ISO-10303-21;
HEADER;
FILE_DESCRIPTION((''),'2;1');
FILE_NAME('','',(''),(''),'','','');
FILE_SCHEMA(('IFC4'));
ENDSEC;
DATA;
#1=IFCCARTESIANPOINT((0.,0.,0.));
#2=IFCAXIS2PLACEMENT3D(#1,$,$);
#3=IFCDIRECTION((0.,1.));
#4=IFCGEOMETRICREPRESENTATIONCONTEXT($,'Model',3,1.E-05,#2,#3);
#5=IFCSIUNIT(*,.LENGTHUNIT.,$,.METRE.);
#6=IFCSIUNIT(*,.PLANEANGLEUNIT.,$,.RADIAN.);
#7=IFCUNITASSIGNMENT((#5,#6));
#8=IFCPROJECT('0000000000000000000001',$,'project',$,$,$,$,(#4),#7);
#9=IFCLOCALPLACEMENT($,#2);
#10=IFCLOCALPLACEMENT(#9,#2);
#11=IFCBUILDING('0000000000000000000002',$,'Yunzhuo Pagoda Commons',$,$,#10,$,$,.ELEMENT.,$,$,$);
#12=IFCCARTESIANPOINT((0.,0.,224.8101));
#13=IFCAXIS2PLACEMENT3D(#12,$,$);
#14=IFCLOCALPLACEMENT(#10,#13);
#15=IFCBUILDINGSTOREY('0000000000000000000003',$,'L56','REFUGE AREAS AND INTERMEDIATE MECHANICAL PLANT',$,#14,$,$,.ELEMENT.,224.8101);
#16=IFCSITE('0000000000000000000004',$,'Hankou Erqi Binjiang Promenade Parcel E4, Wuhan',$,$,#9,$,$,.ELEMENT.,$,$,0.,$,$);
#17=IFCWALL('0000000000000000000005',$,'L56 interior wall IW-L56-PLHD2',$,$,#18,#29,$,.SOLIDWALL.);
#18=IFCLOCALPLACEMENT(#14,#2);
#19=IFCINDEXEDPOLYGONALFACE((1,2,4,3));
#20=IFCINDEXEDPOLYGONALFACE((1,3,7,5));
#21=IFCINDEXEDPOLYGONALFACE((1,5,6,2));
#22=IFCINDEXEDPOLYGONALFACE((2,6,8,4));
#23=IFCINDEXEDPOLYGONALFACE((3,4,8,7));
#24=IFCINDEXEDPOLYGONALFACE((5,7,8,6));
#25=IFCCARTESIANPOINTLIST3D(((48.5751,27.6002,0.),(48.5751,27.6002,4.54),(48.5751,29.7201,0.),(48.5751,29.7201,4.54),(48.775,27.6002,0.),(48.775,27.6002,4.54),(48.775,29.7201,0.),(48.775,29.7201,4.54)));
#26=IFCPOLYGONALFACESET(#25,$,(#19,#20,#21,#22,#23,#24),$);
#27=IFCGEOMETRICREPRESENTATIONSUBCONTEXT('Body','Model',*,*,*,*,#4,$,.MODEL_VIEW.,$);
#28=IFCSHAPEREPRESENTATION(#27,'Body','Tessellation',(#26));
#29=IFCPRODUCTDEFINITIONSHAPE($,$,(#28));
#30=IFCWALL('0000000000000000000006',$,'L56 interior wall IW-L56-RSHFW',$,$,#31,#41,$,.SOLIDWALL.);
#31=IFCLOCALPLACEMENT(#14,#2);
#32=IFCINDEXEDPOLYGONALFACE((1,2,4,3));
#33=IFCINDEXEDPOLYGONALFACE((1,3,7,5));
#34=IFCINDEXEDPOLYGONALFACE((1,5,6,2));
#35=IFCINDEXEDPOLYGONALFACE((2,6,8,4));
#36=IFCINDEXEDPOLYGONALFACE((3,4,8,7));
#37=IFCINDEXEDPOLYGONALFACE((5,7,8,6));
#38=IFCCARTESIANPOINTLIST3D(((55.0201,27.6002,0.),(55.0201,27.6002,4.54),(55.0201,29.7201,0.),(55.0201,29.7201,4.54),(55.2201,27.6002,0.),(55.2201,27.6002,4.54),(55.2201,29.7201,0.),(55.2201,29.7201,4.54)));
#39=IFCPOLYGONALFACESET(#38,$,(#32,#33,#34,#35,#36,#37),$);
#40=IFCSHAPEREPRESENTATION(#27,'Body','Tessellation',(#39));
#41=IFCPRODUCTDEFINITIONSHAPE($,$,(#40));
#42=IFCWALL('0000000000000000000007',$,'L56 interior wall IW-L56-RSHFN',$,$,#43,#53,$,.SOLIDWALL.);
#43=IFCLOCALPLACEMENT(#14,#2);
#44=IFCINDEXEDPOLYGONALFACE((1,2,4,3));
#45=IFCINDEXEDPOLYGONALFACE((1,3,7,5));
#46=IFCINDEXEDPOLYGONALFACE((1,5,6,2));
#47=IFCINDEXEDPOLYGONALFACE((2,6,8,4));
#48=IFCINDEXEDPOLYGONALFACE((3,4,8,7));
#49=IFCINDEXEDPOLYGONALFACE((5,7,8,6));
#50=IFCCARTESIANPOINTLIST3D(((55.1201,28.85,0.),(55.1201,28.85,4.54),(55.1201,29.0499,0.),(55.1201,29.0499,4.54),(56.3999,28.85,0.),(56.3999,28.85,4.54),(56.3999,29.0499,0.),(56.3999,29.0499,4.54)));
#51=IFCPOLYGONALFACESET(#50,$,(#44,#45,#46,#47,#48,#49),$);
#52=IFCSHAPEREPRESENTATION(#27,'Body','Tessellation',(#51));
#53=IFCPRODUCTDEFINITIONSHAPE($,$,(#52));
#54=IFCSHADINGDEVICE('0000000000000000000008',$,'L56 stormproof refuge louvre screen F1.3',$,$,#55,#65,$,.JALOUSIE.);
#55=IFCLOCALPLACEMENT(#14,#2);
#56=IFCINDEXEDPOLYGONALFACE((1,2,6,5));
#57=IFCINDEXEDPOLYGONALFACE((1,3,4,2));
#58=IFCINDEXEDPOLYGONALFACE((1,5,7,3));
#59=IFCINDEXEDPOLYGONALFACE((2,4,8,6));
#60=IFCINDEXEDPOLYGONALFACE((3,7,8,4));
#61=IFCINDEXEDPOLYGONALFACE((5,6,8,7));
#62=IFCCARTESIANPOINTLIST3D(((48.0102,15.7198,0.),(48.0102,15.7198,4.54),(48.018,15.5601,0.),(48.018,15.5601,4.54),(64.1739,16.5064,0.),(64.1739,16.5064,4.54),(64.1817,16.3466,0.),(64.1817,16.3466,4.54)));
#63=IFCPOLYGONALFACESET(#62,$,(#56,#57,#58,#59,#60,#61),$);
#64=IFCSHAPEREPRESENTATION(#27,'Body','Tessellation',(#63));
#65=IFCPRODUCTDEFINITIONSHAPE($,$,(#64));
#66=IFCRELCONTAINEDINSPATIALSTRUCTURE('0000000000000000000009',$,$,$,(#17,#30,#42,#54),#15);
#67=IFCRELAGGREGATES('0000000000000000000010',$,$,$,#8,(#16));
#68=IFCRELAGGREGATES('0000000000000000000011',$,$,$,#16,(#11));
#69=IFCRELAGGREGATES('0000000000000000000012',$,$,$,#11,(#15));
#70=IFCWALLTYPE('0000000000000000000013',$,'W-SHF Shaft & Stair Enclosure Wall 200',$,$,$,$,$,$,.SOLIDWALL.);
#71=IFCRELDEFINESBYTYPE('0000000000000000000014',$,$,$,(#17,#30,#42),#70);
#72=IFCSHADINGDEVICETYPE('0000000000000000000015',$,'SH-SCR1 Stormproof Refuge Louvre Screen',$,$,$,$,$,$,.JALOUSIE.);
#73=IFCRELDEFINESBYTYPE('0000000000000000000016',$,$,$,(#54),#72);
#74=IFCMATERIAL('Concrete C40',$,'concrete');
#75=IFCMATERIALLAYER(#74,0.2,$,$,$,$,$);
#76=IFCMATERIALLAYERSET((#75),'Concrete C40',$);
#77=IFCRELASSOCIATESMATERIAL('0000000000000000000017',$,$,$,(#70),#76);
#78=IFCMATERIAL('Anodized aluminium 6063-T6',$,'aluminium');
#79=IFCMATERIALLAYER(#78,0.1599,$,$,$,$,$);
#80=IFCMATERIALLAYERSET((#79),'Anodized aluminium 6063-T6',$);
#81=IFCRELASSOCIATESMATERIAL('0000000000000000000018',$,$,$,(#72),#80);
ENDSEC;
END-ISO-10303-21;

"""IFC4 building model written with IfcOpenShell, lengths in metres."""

from ifc_helpers import new_model, si_unit, direction, frame, frame_2d, origin, origin_2d, place, context, subcontext, project, spatial, rectangle, extrude, source, transform, mapped, material, layer, layer_set, type_object, element, save


model = new_model("IFC4")

# Units and contexts
model_context = context("Model", 3, precision=1e-05, world=origin(), true_north=direction((0.0, 1.0)))
body_context = subcontext(model_context, "Body", "Model", "MODEL_VIEW")
ifc_project = project(units=[si_unit("LENGTHUNIT", "METRE"), si_unit("PLANEANGLEUNIT", "RADIAN")], contexts=[model_context])

# Site, building, storey
site_placement = place(None, origin())
site = spatial("IfcSite", under=ifc_project, at=site_placement, Name="Hankou Erqi Binjiang Promenade Parcel E4, Wuhan", CompositionType="ELEMENT", RefElevation=0.0)
building_placement = place(site_placement, origin())
building = spatial("IfcBuilding", under=site, at=building_placement, Name="Yunzhuo Pagoda Commons", CompositionType="ELEMENT")
storey_placement = place(building_placement, frame((0.0, 0.0, 224.8101)))
storey = spatial("IfcBuildingStorey", under=building, at=storey_placement, Name="L56", Description="REFUGE AREAS AND INTERMEDIATE MECHANICAL PLANT", CompositionType="ELEMENT", Elevation=224.8101)

# Shared definitions
ifc_material_1 = material(Name="Concrete C40", Category="concrete")
ifc_layer_1 = layer(ifc_material_1, 0.2)
ifc_layer_set_1 = layer_set([ifc_layer_1], Name="Concrete C40")
wall_type_1 = type_object("IfcWallType", Name="W-SHF Shaft & Stair Enclosure Wall 200", PredefinedType="SOLIDWALL", material=ifc_layer_set_1)

# Walls
for number, where, z_axis, x_axis, name in (
    (1, (48.675, 27.6001, 0.0), (0.0, 0.0, 1.0), (0.0, 1.0, 0.0), "L56 interior wall IW-L56-PLHD2"),
    (2, (55.1201, 27.6001, 0.0), (0.0, 0.0, 1.0), (0.0, 1.0, 0.0), "L56 interior wall IW-L56-RSHFW"),
):
    element("IfcWall", number, at=place(storey_placement, frame(where, z_axis=z_axis, x_axis=x_axis)), inside=storey, type_object=wall_type_1, Name=name, PredefinedType="SOLIDWALL", context=body_context, shape_type="SweptSolid", body=[
        extrude(rectangle(XDim=2.1199, YDim=0.2, at=frame_2d((1.0601, 0.0))), origin(), (0.0, 0.0, 1.0), 4.54),
    ])
wall_1_placement = place(storey_placement, frame((55.1201, 28.95, 0.0), z_axis=(0.0, 0.0, 1.0), x_axis=(1.0, 0.0, 0.0)))
element("IfcWall", 3, at=wall_1_placement, inside=storey, type_object=wall_type_1, Name="L56 interior wall IW-L56-RSHFN", PredefinedType="SOLIDWALL", context=body_context, shape_type="SweptSolid", body=[
    extrude(rectangle(XDim=1.2798, YDim=0.2, at=frame_2d((0.6399, 0.0))), origin(), (0.0, 0.0, 1.0), 4.54),
])

# Shading device
ifc_material_2 = material(Name="Anodized aluminium 6063-T6", Category="aluminium")
ifc_layer_2 = layer(ifc_material_2, 0.1599)
ifc_layer_set_2 = layer_set([ifc_layer_2], Name="Anodized aluminium 6063-T6")
shading_device_type = type_object("IfcShadingDeviceType", Name="SH-SCR1 Stormproof Refuge Louvre Screen", PredefinedType="JALOUSIE", material=ifc_layer_set_2)
shared_shape_1 = source(origin(), body_context, "Body", "SweptSolid", [
    extrude(rectangle(XDim=16.1829, YDim=0.1599, at=origin_2d()), origin(), (0.0, 0.0, 1.0), 4.54),
])
shading_device_placement = place(storey_placement, frame((56.0959, 16.0332, 0.0), z_axis=(0.0, 0.0, 1.0), x_axis=(0.998818, 0.048606, 0.0)))
element("IfcShadingDevice", 4, at=shading_device_placement, inside=storey, type_object=shading_device_type, Name="L56 stormproof refuge louvre screen F1.3", PredefinedType="JALOUSIE", context=body_context, shape_type="MappedRepresentation", body=[
    mapped(shared_shape_1, transform((0.0, 0.0, 0.0), scale=1.0)),
])

save(model, "model.ifc")
